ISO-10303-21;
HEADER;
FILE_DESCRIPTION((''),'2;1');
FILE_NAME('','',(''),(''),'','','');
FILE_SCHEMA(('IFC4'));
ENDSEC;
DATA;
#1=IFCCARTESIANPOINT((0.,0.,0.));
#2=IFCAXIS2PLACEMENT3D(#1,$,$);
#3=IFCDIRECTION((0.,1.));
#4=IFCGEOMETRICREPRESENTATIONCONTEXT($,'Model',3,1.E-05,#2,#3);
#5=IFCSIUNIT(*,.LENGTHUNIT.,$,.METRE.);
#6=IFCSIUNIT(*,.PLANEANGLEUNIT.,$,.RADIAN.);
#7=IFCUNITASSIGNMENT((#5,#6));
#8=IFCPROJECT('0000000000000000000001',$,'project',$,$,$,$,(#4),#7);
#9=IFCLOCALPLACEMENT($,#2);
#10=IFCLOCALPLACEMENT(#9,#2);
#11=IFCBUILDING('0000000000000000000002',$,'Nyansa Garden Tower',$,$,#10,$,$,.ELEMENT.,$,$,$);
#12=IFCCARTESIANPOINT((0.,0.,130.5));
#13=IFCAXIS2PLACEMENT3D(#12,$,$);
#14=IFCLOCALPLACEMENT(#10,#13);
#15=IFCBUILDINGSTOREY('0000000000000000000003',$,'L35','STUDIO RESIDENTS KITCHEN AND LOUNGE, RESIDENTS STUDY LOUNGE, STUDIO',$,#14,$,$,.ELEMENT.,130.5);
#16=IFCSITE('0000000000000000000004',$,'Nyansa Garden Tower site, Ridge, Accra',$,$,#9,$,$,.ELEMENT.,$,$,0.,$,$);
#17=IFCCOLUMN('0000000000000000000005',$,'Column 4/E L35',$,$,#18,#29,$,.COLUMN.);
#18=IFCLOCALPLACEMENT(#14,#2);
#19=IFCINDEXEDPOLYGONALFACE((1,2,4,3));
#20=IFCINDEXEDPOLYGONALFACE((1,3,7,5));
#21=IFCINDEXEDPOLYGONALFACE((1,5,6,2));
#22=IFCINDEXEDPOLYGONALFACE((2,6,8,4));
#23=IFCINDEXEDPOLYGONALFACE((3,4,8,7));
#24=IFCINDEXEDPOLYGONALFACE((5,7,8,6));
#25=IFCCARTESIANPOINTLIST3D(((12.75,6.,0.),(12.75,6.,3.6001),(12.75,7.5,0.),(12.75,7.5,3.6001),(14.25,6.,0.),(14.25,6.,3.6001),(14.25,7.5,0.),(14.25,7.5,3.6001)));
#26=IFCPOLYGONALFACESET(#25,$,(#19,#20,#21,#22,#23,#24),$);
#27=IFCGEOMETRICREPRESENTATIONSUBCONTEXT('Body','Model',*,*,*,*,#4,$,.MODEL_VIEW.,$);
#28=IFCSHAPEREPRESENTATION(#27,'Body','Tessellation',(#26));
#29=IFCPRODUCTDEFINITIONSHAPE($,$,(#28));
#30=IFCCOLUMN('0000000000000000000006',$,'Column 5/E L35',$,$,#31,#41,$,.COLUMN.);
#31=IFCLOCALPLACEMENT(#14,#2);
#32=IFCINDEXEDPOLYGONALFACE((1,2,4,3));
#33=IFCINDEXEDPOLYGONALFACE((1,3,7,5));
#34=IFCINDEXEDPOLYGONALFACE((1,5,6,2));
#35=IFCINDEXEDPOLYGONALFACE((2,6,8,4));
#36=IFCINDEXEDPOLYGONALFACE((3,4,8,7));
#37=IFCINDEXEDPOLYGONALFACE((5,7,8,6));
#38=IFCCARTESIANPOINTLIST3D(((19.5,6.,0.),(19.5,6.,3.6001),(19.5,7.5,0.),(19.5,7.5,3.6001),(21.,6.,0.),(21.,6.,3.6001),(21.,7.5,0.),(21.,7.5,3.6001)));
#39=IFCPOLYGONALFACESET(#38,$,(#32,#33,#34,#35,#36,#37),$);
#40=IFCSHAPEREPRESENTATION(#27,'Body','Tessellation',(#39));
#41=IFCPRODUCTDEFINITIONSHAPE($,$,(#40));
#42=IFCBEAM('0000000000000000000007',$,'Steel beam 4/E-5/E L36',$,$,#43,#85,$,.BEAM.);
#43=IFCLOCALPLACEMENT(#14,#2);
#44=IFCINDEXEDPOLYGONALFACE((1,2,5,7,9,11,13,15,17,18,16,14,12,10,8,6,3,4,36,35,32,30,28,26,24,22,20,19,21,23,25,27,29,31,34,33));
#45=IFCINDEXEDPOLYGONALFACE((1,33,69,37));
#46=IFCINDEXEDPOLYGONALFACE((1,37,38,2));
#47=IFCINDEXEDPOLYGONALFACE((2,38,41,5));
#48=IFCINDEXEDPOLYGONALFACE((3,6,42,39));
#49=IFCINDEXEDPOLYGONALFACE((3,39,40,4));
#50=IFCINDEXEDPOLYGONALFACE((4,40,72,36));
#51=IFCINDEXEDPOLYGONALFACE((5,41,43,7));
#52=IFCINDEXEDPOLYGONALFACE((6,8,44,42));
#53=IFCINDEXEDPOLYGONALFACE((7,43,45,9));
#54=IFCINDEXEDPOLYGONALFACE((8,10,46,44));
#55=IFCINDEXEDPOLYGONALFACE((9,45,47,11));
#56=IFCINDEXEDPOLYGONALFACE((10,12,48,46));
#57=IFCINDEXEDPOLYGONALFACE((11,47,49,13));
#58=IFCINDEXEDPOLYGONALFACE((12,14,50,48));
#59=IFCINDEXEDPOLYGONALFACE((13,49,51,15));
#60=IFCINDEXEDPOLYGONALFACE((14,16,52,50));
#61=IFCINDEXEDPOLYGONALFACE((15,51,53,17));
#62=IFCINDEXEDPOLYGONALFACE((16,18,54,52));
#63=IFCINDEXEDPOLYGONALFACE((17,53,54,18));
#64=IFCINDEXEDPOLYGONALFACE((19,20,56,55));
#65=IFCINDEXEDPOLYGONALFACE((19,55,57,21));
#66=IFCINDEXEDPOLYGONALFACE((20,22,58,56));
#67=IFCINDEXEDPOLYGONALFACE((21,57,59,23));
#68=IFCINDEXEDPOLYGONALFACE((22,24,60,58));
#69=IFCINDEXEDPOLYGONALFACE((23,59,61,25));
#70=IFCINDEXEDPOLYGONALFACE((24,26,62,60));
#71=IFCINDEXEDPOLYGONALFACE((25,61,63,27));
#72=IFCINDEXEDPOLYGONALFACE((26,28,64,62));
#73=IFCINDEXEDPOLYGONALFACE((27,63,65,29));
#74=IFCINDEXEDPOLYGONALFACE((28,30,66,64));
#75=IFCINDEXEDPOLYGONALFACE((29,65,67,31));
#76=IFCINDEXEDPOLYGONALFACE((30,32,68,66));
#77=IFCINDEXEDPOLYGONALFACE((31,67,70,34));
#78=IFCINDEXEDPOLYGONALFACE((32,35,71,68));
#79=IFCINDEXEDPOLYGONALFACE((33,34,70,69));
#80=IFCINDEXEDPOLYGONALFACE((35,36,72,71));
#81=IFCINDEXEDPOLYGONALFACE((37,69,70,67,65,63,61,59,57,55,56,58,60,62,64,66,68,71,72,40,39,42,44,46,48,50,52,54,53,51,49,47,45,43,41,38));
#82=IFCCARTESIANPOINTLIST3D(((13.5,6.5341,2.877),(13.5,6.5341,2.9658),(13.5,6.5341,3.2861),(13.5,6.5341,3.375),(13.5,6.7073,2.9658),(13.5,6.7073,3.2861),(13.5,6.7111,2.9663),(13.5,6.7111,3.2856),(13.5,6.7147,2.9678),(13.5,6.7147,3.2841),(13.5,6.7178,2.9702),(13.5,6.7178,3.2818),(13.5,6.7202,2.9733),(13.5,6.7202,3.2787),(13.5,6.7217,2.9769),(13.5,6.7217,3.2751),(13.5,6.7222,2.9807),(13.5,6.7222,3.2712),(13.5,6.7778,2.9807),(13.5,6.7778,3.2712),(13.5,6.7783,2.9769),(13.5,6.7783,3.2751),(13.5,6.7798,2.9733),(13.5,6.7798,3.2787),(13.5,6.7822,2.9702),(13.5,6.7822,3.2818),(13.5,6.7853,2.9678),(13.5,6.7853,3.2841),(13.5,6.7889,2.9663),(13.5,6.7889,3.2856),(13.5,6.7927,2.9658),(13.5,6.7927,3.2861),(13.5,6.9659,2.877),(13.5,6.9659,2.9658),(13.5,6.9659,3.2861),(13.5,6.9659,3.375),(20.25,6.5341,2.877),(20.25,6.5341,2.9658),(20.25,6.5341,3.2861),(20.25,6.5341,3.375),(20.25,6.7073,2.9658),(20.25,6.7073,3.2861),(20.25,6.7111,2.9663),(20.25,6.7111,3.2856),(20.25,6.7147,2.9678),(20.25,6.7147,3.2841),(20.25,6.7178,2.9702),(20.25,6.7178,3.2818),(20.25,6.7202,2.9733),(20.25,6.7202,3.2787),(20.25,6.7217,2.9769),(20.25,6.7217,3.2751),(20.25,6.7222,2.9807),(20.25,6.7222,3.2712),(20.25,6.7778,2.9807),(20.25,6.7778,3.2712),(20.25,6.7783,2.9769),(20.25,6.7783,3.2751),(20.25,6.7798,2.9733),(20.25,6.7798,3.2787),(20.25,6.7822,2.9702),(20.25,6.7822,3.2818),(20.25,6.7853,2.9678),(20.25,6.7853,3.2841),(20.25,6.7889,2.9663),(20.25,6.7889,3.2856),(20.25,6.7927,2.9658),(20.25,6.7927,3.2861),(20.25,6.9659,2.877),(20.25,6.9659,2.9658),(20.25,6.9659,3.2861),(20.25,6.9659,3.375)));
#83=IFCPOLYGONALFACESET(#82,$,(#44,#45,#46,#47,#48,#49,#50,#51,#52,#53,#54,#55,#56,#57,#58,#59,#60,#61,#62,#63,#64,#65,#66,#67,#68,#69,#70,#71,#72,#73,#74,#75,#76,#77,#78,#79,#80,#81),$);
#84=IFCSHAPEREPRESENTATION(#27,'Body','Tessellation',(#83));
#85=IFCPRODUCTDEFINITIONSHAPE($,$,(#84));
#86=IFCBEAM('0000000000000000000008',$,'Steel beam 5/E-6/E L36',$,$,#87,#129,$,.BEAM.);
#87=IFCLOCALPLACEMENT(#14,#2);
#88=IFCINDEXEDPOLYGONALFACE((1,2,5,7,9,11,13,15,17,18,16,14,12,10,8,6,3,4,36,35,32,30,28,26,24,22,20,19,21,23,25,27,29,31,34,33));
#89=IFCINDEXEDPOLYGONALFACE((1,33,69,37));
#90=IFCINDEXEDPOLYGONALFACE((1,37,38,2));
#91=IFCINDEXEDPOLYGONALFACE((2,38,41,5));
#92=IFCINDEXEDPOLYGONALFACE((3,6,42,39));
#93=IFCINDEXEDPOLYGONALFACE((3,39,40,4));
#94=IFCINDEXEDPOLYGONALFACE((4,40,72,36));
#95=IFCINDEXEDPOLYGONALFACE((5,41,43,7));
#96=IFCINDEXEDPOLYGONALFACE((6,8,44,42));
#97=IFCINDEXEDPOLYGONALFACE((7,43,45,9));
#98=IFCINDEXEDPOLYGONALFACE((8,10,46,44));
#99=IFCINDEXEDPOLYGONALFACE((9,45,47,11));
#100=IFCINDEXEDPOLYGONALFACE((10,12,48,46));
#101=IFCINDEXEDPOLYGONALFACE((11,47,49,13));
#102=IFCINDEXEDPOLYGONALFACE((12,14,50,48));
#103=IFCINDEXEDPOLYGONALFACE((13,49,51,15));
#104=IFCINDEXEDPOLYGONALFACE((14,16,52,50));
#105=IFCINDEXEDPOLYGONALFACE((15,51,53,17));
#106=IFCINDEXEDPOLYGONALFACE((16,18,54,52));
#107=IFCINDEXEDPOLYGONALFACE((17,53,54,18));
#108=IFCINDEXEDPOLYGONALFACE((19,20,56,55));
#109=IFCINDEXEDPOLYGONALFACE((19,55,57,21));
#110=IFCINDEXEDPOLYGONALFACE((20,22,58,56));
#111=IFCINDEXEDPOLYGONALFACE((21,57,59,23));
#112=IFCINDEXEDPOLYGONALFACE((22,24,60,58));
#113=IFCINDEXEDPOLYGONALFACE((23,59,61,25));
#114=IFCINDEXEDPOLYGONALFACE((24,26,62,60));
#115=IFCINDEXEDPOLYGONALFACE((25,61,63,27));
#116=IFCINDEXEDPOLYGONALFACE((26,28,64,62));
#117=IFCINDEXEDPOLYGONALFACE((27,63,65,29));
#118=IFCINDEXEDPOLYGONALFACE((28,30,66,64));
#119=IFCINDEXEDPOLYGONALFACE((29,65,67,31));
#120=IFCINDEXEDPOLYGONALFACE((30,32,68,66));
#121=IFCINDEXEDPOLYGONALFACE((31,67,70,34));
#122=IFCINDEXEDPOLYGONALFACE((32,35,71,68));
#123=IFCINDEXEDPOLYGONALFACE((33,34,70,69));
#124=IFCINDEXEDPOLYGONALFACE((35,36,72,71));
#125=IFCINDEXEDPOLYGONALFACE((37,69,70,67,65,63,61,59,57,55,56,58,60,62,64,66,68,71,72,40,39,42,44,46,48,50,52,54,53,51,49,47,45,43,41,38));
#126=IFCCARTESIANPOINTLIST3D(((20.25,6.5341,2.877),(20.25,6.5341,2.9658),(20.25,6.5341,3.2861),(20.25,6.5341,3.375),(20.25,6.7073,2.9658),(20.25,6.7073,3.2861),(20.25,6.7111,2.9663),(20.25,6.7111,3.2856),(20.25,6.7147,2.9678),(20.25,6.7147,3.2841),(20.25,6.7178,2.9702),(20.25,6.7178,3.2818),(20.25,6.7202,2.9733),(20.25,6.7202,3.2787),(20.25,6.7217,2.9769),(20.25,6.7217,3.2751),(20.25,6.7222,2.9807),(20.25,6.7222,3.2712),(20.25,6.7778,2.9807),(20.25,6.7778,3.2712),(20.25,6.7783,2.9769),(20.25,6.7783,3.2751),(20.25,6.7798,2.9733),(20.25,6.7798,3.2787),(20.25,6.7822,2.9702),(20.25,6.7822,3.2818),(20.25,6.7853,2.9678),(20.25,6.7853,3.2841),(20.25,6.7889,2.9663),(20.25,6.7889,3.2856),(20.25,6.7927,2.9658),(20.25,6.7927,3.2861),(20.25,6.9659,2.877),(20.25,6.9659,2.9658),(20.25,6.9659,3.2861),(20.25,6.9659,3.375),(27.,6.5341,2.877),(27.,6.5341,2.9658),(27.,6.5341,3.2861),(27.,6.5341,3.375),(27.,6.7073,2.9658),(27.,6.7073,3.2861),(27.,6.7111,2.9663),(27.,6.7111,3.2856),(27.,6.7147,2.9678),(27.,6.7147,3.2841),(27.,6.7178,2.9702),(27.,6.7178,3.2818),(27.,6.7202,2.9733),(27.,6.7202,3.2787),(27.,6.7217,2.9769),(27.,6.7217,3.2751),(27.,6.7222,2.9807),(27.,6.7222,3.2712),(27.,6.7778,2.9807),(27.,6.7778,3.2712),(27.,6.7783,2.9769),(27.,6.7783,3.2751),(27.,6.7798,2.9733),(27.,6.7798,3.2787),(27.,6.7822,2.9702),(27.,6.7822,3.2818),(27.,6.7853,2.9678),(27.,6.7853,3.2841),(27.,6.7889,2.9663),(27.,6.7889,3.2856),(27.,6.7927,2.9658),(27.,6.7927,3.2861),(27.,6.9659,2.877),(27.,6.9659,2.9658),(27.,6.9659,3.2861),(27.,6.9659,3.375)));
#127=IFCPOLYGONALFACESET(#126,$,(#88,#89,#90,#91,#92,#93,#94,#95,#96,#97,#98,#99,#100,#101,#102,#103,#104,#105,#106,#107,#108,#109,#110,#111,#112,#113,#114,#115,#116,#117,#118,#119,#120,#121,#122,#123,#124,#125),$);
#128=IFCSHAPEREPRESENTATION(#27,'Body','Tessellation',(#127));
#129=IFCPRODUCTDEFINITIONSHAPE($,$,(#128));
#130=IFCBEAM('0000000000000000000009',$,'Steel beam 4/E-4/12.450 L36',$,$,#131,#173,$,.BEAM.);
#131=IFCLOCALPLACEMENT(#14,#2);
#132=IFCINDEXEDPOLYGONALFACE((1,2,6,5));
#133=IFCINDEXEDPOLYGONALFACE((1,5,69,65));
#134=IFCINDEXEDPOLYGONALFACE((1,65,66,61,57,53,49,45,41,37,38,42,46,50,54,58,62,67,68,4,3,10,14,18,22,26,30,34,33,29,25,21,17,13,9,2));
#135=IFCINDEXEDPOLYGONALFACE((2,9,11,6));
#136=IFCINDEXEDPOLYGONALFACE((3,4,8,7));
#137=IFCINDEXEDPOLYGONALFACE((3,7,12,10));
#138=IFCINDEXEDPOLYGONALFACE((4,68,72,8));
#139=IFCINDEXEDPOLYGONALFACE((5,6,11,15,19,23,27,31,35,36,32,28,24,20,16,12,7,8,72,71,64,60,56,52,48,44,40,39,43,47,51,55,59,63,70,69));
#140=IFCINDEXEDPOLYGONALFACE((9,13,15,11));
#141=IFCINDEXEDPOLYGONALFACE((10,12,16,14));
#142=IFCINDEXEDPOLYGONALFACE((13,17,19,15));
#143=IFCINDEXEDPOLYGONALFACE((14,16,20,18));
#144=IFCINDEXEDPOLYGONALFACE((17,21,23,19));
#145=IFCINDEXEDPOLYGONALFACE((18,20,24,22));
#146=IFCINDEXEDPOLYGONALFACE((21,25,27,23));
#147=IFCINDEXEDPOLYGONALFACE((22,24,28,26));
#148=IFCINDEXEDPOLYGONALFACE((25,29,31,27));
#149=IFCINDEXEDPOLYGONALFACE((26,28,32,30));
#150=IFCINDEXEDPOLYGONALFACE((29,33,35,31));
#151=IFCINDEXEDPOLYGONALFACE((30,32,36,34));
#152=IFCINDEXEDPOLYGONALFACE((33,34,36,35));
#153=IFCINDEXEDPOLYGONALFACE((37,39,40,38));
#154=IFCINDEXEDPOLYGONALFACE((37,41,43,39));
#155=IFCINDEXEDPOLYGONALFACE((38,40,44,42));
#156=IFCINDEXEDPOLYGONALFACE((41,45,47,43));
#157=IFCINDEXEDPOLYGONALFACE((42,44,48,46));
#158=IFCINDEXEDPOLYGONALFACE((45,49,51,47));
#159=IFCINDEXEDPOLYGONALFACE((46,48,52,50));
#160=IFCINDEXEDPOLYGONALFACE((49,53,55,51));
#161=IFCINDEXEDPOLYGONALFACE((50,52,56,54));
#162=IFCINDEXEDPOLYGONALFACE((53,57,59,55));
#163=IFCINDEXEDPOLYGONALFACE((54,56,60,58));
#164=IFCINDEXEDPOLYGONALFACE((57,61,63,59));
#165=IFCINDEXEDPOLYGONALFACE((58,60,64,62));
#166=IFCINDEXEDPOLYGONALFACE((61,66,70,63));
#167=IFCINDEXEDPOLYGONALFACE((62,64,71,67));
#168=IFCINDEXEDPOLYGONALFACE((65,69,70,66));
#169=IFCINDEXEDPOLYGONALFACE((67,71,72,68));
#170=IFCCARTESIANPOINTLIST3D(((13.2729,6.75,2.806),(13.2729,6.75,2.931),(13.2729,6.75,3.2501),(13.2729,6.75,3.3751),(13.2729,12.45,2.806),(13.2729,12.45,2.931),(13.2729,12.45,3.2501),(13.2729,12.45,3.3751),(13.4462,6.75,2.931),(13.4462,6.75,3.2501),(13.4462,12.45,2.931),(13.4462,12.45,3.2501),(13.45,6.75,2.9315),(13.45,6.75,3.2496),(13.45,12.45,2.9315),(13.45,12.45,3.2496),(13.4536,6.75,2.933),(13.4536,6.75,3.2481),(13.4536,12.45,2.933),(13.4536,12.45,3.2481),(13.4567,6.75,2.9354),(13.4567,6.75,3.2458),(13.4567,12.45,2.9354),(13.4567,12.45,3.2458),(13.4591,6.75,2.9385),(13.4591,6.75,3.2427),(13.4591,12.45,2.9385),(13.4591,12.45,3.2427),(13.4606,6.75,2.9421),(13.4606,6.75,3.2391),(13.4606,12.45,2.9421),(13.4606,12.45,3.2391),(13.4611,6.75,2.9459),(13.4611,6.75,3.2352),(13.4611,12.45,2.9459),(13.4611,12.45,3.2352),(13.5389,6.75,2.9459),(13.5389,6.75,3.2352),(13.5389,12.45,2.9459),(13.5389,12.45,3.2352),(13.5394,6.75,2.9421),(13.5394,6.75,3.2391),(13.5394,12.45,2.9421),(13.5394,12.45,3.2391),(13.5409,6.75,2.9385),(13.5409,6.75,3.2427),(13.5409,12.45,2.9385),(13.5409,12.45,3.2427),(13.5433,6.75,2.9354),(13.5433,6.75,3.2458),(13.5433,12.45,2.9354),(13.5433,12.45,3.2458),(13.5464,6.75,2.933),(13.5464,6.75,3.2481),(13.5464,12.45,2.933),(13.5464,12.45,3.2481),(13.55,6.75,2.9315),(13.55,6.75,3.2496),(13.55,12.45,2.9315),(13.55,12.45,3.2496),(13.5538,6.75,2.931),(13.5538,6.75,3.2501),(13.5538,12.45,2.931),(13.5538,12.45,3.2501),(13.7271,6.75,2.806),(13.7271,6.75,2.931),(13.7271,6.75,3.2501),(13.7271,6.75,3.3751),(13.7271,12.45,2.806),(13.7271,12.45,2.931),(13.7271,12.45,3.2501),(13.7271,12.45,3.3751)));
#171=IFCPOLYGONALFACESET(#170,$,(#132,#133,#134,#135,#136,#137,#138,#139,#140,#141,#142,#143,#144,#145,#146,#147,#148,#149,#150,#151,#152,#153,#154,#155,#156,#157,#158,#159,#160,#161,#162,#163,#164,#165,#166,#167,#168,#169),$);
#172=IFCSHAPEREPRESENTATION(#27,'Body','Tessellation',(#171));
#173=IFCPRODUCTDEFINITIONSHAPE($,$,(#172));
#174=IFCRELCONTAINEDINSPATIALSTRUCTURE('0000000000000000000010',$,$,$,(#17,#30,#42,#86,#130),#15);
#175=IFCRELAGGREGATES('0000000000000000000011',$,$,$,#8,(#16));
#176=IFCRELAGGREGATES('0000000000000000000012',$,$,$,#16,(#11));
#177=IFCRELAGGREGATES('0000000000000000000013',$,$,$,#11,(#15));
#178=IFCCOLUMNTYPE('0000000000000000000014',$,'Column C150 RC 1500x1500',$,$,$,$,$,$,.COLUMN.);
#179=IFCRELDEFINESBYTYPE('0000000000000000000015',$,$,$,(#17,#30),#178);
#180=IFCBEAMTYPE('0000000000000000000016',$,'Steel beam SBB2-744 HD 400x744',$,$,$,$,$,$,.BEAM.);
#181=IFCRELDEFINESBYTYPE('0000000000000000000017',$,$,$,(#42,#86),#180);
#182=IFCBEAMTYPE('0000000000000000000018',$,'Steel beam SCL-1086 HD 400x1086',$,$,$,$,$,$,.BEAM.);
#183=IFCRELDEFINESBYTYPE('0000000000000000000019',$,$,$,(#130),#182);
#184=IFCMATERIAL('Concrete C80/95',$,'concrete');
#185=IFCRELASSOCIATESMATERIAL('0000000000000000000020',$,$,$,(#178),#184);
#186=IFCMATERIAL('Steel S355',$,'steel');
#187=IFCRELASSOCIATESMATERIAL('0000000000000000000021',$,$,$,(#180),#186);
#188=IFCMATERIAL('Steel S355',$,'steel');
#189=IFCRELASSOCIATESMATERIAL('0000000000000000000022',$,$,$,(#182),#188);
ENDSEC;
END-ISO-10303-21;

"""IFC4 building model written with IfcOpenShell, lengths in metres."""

from ifc_helpers import new_model, si_unit, direction, frame, origin, origin_2d, place, context, subcontext, project, spatial, rectangle, i_section, extrude, material, material_profile, profile_set, type_object, element, save


model = new_model("IFC4")

# Units and contexts
model_context = context("Model", 3, precision=1e-05, world=origin(), true_north=direction((0.0, 1.0)))
body_context = subcontext(model_context, "Body", "Model", "MODEL_VIEW")
ifc_project = project(units=[si_unit("LENGTHUNIT", "METRE"), si_unit("PLANEANGLEUNIT", "RADIAN")], contexts=[model_context])

# Site, building, storey
site_placement = place(None, origin())
site = spatial("IfcSite", under=ifc_project, at=site_placement, Name="Nyansa Garden Tower site, Ridge, Accra", CompositionType="ELEMENT", RefElevation=0.0)
building_placement = place(site_placement, origin())
building = spatial("IfcBuilding", under=site, at=building_placement, Name="Nyansa Garden Tower", CompositionType="ELEMENT")
storey_placement = place(building_placement, frame((0.0, 0.0, 130.5)))
storey = spatial("IfcBuildingStorey", under=building, at=storey_placement, Name="L35", Description="STUDIO RESIDENTS KITCHEN AND LOUNGE, RESIDENTS STUDY LOUNGE, STUDIO", CompositionType="ELEMENT", Elevation=130.5)

# Columns
ifc_material_1 = material(Name="Concrete C80/95", Category="concrete")
ifc_material_profile_1 = material_profile(ifc_material_1, rectangle(XDim=1.5, YDim=1.5, at=origin_2d()), Name="RC 1500x1500")
ifc_profile_set_1 = profile_set([ifc_material_profile_1], Name="Concrete C80/95")
column_type = type_object("IfcColumnType", Name="Column C150 RC 1500x1500", PredefinedType="COLUMN", material=ifc_profile_set_1)
for number, where, z_axis, x_axis, name in (
    (1, (13.5, 6.75, 0.0), (0.0, 0.0, 1.0), (1.0, 0.0, 0.0), "Column 4/E L35"),
    (2, (20.25, 6.75, 0.0), (0.0, 0.0, 1.0), (1.0, 0.0, 0.0), "Column 5/E L35"),
):
    element("IfcColumn", number, at=place(storey_placement, frame(where, z_axis=z_axis, x_axis=x_axis)), inside=storey, type_object=column_type, Name=name, PredefinedType="COLUMN", context=body_context, shape_type="SweptSolid", body=[
        extrude(rectangle(XDim=1.5, YDim=1.5, at=origin_2d()), origin(), (0.0, 0.0, 1.0), 3.6001),
    ])

# Beams
ifc_material_2 = material(Name="Steel S355", Category="steel")
ifc_material_profile_2 = material_profile(ifc_material_2, i_section(OverallWidth=0.4319, OverallDepth=0.498, WebThickness=0.0557, FlangeThickness=0.0889, FilletRadius=0.0149, at=origin_2d()), Name="HD 400x744")
ifc_profile_set_2 = profile_set([ifc_material_profile_2], Name="Steel S355")
beam_type_1 = type_object("IfcBeamType", Name="Steel beam SBB2-744 HD 400x744", PredefinedType="BEAM", material=ifc_profile_set_2)
for number, where, z_axis, x_axis, name in (
    (3, (13.5, 6.75, 3.126), (1.0, 0.0, 0.0), (0.0, 1.0, 0.0), "Steel beam 4/E-5/E L36"),
    (4, (20.25, 6.75, 3.126), (1.0, 0.0, 0.0), (0.0, 1.0, 0.0), "Steel beam 5/E-6/E L36"),
):
    element("IfcBeam", number, at=place(storey_placement, frame(where, z_axis=z_axis, x_axis=x_axis)), inside=storey, type_object=beam_type_1, Name=name, PredefinedType="BEAM", context=body_context, shape_type="SweptSolid", body=[
        extrude(i_section(OverallWidth=0.4319, OverallDepth=0.498, WebThickness=0.0557, FlangeThickness=0.0889, FilletRadius=0.0149, at=origin_2d()), origin(), (0.0, 0.0, 1.0), 6.75),
    ])
ifc_material_3 = material(Name="Steel S355", Category="steel")
ifc_material_profile_3 = material_profile(ifc_material_3, i_section(OverallWidth=0.4541, OverallDepth=0.5691, WebThickness=0.0779, FlangeThickness=0.125, FilletRadius=0.0149, at=origin_2d()), Name="HD 400x1086")
ifc_profile_set_3 = profile_set([ifc_material_profile_3], Name="Steel S355")
beam_type_2 = type_object("IfcBeamType", Name="Steel beam SCL-1086 HD 400x1086", PredefinedType="BEAM", material=ifc_profile_set_3)
for number, where, z_axis, x_axis, name in (
    (5, (13.5, 6.75, 3.0906), (0.0, 1.0, 0.0), (-1.0, 0.0, 0.0), "Steel beam 4/E-4/12.450 L36"),
):
    element("IfcBeam", number, at=place(storey_placement, frame(where, z_axis=z_axis, x_axis=x_axis)), inside=storey, type_object=beam_type_2, Name=name, PredefinedType="BEAM", context=body_context, shape_type="SweptSolid", body=[
        extrude(i_section(OverallWidth=0.4541, OverallDepth=0.5691, WebThickness=0.0779, FlangeThickness=0.125, FilletRadius=0.0149, at=origin_2d()), origin(), (0.0, 0.0, 1.0), 5.7),
    ])

save(model, "model.ifc")
